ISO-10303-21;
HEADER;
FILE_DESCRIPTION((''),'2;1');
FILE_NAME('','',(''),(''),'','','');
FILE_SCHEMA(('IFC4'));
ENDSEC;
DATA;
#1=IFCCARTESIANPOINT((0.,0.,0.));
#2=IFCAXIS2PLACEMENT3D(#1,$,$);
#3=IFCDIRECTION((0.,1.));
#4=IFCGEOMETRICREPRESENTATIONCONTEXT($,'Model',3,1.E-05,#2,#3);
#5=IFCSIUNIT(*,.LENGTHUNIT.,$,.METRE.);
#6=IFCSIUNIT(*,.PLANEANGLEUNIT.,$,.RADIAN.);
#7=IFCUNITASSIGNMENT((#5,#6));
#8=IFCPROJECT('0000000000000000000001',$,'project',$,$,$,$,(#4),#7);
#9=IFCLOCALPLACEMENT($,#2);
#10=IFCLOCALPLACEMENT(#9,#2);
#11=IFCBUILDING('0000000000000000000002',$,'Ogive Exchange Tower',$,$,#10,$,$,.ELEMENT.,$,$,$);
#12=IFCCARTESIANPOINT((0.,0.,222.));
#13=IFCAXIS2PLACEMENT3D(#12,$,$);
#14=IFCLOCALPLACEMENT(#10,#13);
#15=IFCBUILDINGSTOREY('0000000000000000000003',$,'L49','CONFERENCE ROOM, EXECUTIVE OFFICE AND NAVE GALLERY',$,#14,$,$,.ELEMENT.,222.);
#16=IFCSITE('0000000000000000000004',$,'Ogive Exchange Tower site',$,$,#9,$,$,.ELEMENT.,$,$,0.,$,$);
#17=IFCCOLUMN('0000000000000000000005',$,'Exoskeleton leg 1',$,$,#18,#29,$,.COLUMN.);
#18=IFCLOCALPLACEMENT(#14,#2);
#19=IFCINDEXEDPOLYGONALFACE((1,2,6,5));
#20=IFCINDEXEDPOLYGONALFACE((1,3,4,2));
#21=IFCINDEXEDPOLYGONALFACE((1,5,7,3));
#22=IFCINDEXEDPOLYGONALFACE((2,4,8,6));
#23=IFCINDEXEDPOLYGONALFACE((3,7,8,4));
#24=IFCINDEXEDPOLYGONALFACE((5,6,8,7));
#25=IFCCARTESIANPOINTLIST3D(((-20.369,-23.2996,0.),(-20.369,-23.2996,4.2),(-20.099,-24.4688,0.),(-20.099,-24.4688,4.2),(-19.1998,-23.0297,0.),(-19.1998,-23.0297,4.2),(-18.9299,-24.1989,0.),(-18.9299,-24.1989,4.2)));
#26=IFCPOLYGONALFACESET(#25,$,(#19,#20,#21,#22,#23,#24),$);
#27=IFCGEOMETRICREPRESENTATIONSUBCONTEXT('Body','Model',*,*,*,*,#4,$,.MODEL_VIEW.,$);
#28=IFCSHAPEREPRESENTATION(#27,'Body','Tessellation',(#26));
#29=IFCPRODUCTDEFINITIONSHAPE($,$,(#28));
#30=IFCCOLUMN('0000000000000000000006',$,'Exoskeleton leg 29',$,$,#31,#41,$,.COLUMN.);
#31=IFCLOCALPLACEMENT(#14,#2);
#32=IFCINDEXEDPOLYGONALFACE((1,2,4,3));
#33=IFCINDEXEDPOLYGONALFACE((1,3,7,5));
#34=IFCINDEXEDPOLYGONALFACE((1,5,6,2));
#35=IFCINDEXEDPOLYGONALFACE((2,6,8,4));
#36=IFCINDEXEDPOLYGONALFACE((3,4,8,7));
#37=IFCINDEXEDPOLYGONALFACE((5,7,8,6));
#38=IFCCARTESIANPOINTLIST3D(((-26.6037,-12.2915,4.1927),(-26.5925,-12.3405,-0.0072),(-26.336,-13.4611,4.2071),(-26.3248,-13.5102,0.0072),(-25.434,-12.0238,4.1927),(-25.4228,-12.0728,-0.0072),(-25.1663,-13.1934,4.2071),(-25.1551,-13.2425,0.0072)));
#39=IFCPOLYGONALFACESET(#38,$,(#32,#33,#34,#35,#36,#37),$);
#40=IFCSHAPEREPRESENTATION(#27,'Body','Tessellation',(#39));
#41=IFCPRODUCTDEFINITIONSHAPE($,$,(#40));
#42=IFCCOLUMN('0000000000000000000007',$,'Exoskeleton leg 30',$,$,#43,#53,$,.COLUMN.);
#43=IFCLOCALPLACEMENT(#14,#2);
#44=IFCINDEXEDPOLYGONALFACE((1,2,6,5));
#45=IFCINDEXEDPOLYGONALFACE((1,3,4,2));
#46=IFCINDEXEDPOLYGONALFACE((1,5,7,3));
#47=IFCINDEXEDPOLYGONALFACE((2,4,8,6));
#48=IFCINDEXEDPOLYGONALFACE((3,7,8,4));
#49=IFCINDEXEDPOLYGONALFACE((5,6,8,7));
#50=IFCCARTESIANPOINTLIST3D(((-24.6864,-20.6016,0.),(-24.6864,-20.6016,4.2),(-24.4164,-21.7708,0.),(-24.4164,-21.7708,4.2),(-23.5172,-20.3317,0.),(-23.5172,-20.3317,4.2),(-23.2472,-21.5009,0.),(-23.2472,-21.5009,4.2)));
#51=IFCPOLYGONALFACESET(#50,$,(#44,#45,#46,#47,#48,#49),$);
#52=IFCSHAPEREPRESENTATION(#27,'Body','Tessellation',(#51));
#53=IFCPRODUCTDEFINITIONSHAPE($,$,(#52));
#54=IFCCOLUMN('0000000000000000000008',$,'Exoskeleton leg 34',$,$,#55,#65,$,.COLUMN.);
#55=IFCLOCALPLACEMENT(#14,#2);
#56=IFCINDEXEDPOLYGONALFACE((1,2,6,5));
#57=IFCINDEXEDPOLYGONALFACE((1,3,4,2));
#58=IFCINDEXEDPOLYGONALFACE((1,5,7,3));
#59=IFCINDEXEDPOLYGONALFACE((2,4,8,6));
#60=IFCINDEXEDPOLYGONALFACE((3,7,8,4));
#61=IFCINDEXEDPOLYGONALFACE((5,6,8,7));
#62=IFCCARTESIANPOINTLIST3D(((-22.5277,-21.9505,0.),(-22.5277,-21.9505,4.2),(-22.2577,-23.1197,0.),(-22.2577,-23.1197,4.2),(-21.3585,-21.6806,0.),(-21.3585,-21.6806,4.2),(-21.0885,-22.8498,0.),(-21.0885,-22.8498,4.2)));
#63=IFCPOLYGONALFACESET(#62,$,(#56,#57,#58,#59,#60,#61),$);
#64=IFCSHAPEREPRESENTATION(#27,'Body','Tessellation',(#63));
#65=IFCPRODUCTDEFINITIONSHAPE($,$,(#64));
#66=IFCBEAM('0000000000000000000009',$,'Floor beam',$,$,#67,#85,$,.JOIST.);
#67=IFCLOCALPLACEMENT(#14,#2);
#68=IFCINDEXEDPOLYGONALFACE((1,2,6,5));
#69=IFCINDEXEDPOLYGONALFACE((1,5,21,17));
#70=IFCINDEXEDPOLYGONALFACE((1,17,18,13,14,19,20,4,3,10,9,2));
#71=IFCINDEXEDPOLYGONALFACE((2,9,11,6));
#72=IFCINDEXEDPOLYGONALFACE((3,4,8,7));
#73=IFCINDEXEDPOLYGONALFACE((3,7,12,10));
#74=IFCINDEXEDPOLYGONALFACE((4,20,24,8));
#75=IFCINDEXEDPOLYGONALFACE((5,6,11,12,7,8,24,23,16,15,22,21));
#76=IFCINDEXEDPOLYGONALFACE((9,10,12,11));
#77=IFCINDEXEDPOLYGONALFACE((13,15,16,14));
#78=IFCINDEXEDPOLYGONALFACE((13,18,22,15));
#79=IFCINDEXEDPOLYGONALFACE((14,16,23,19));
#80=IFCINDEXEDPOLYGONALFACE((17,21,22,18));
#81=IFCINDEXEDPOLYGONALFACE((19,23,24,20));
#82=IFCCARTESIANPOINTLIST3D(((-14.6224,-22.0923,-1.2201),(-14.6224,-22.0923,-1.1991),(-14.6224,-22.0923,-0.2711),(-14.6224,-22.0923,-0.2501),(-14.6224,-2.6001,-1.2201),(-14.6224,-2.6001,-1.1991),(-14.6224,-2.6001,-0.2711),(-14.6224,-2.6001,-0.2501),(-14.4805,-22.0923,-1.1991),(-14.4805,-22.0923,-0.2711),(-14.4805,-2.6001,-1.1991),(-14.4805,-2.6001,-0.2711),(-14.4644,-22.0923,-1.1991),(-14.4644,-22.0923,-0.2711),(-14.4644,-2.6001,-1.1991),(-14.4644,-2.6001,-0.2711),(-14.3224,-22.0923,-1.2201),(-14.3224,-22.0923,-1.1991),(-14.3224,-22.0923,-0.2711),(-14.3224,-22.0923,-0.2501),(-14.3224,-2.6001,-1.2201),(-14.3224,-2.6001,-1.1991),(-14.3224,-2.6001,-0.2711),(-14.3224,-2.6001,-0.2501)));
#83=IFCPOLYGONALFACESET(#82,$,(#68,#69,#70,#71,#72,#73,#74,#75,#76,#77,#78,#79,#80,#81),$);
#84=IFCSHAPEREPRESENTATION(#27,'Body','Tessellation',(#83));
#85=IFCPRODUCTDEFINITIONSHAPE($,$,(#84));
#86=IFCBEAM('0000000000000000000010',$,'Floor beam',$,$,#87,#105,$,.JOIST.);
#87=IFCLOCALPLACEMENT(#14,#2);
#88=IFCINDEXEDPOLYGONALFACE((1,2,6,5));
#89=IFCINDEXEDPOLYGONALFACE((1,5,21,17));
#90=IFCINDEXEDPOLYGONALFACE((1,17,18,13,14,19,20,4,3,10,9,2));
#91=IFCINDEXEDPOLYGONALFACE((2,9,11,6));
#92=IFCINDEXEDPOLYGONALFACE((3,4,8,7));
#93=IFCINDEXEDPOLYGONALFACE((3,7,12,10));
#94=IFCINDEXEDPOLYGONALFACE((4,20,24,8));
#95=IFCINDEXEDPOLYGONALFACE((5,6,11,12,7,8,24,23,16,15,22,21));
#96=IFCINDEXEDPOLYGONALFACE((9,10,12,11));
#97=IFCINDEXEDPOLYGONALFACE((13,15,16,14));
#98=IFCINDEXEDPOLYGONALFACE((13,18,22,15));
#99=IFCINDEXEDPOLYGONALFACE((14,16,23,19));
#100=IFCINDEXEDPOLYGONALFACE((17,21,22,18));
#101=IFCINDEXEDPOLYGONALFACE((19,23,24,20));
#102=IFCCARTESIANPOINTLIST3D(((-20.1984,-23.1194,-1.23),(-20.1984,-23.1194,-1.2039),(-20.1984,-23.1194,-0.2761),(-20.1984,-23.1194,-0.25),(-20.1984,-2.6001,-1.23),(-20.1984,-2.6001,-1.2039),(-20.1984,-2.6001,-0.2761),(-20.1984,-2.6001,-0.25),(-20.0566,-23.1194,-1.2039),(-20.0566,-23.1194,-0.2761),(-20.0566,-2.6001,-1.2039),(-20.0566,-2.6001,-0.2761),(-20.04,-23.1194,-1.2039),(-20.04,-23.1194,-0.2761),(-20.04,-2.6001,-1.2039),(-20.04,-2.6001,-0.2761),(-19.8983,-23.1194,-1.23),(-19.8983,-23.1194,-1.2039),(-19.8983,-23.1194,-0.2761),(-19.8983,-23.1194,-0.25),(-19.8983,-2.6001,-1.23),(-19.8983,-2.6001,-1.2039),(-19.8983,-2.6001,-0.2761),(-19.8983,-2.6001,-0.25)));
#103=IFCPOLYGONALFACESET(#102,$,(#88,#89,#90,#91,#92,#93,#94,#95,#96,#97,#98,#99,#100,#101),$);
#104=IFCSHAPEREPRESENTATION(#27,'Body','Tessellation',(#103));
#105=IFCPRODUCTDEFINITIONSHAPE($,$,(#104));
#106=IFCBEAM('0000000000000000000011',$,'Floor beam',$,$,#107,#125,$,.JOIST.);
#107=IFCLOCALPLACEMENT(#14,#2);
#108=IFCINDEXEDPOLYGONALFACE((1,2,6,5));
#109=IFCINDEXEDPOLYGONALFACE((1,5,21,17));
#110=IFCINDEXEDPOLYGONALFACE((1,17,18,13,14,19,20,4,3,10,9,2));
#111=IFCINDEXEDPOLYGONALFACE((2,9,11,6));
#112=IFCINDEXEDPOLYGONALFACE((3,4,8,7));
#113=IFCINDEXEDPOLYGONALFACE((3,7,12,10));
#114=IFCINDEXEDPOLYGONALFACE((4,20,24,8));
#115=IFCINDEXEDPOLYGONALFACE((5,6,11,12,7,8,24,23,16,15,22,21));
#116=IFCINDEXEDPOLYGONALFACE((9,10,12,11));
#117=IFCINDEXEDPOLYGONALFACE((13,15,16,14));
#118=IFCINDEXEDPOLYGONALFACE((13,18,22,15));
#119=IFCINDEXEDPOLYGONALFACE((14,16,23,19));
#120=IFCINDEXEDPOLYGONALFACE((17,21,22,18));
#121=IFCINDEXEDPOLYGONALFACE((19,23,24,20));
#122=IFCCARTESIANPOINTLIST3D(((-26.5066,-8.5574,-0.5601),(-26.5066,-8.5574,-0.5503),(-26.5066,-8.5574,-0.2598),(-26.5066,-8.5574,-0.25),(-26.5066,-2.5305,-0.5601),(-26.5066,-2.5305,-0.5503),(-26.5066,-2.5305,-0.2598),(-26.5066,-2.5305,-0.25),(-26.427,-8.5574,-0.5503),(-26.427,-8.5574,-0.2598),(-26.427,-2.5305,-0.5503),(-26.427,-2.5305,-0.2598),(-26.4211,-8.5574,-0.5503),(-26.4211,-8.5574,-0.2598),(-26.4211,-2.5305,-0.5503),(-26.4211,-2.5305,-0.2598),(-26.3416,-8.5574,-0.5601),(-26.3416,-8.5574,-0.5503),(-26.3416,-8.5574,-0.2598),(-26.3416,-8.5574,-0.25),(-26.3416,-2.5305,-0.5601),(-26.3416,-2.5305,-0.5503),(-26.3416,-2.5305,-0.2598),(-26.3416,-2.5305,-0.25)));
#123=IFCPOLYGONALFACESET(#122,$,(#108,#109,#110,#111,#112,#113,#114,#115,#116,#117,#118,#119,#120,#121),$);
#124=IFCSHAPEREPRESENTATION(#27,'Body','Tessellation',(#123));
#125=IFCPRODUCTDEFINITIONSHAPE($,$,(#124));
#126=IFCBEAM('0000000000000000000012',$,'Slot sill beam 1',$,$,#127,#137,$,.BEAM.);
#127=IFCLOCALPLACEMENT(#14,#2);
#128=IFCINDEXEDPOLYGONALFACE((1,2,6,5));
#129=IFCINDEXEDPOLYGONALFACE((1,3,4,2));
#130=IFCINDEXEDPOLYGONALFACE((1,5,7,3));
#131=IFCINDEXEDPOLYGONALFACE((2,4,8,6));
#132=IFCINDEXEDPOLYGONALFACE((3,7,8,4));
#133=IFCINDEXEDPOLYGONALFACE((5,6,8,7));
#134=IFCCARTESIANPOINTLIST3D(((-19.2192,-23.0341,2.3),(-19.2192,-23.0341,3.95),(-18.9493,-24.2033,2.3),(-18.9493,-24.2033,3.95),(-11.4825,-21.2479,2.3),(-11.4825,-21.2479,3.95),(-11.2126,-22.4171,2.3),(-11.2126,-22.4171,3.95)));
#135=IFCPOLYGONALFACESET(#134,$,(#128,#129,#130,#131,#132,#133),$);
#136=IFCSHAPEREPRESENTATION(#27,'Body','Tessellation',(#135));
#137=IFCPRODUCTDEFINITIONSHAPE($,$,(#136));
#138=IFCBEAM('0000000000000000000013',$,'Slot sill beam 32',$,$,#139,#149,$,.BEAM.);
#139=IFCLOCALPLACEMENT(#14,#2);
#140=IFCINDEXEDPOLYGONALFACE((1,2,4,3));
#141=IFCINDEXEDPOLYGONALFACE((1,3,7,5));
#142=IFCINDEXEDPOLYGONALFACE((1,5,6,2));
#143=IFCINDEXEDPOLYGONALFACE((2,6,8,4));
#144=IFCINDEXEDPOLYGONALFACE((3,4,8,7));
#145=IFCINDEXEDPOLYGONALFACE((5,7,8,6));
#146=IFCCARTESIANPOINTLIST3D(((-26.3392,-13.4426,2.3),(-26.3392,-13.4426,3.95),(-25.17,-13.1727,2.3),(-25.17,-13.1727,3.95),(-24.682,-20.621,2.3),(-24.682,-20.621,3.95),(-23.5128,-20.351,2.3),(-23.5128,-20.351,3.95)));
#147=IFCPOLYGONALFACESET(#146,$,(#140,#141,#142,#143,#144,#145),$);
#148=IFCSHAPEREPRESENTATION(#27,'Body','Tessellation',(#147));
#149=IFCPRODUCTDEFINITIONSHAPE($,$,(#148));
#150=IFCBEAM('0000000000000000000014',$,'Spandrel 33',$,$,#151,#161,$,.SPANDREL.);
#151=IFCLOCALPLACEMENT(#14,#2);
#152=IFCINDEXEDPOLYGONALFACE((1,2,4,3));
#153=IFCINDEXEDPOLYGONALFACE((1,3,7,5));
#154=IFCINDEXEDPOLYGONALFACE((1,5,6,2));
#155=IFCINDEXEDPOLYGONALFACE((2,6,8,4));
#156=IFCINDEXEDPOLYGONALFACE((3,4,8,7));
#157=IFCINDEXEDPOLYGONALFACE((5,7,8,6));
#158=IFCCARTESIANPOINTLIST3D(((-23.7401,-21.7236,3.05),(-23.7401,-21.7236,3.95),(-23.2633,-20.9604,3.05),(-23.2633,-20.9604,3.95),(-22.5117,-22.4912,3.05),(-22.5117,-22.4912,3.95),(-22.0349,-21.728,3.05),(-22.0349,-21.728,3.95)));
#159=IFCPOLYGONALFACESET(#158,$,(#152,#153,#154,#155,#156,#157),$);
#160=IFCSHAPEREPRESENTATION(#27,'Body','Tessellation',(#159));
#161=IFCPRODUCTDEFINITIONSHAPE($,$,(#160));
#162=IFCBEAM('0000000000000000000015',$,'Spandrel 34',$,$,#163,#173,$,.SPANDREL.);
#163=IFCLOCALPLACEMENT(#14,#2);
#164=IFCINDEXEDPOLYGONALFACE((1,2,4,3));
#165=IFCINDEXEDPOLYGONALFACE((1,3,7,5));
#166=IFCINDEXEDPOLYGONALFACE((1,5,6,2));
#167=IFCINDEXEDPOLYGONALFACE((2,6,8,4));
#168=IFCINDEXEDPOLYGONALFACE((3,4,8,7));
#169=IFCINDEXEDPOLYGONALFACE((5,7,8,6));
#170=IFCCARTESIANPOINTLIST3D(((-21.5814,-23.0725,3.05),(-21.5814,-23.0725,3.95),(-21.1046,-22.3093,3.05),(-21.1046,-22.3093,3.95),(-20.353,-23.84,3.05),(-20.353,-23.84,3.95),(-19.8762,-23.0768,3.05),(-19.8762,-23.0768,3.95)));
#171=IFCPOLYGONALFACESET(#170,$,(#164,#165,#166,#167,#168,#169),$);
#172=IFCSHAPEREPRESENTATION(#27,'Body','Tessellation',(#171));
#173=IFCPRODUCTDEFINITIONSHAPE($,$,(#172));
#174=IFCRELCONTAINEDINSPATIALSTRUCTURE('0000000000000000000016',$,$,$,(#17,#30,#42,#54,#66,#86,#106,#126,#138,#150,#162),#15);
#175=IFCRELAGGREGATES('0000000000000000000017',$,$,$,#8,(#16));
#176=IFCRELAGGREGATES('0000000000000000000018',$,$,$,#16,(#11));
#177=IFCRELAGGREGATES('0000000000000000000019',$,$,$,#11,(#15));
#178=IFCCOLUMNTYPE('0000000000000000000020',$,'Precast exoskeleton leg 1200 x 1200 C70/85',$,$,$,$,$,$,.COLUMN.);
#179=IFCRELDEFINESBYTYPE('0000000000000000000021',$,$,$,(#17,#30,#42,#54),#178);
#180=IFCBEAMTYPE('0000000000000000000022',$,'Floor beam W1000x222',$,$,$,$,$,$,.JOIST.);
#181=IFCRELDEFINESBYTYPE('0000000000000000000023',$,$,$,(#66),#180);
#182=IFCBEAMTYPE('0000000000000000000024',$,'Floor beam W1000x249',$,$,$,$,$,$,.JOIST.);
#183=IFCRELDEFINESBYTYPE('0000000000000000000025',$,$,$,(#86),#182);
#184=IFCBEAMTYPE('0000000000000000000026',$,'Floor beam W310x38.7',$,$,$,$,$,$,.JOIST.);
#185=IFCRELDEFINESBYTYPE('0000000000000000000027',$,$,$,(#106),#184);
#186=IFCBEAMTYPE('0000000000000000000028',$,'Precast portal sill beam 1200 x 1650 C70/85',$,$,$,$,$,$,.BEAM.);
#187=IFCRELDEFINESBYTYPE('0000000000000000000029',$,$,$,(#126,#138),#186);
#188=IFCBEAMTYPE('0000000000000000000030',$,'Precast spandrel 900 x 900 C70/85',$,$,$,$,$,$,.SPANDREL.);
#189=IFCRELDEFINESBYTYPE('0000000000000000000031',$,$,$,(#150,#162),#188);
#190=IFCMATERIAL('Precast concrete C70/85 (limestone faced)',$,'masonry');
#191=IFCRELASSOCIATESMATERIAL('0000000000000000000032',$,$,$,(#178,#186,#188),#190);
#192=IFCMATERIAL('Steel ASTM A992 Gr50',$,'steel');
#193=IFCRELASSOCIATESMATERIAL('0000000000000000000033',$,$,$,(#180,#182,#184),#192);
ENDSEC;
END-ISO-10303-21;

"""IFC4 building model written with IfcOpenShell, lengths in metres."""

from ifc_helpers import new_model, si_unit, direction, frame, origin, origin_2d, place, context, subcontext, project, spatial, rectangle, i_section, extrude, material, material_profile, profile_set, type_object, element, save


model = new_model("IFC4")

# Units and contexts
model_context = context("Model", 3, precision=1e-05, world=origin(), true_north=direction((0.0, 1.0)))
body_context = subcontext(model_context, "Body", "Model", "MODEL_VIEW")
ifc_project = project(units=[si_unit("LENGTHUNIT", "METRE"), si_unit("PLANEANGLEUNIT", "RADIAN")], contexts=[model_context])

# Site, building, storey
site_placement = place(None, origin())
site = spatial("IfcSite", under=ifc_project, at=site_placement, Name="Ogive Exchange Tower site", CompositionType="ELEMENT", RefElevation=0.0)
building_placement = place(site_placement, origin())
building = spatial("IfcBuilding", under=site, at=building_placement, Name="Ogive Exchange Tower", CompositionType="ELEMENT")
storey_placement = place(building_placement, frame((0.0, 0.0, 222.0)))
storey = spatial("IfcBuildingStorey", under=building, at=storey_placement, Name="L49", Description="CONFERENCE ROOM, EXECUTIVE OFFICE AND NAVE GALLERY", CompositionType="ELEMENT", Elevation=222.0)

# Columns
ifc_material_1 = material(Name="Precast concrete C70/85 (limestone faced)", Category="masonry")
ifc_material_profile_1 = material_profile(ifc_material_1, rectangle(XDim=1.2, YDim=1.2, at=origin_2d()), Name="1200 x 1200")
ifc_profile_set_1 = profile_set([ifc_material_profile_1], Name="Precast concrete C70/85 (limestone faced)")
column_type = type_object("IfcColumnType", Name="Precast exoskeleton leg 1200 x 1200 C70/85", PredefinedType="COLUMN", material=ifc_profile_set_1)
column_1_placement = place(storey_placement, frame((-19.6494, -23.7493, 0.0), z_axis=(0.0, 0.0, 1.0), x_axis=(0.97437, 0.224951, 0.0)))
element("IfcColumn", 1, at=column_1_placement, inside=storey, type_object=column_type, Name="Exoskeleton leg 1", PredefinedType="COLUMN", context=body_context, shape_type="SweptSolid", body=[
    extrude(rectangle(XDim=1.2, YDim=1.2, at=origin_2d()), origin(), (0.0, 0.0, 1.0), 4.2),
])
column_2_placement = place(storey_placement, frame((-25.8738, -12.7915, 0.0), z_axis=(-0.002674, 0.011683, 0.999928), x_axis=(-0.974798, -0.223088, 0.0)))
element("IfcColumn", 2, at=column_2_placement, inside=storey, type_object=column_type, Name="Exoskeleton leg 29", PredefinedType="COLUMN", context=body_context, shape_type="SweptSolid", body=[
    extrude(rectangle(XDim=1.2, YDim=1.2, at=origin_2d()), origin(), (0.0, 0.0, 1.0), 4.2002),
])
for number, where, z_axis, x_axis, name in (
    (3, (-23.9668, -21.0513, 0.0), (0.0, 0.0, 1.0), (0.97437, 0.224951, 0.0), "Exoskeleton leg 30"),
    (4, (-21.8081, -22.4001, 0.0), (0.0, 0.0, 1.0), (0.97437, 0.224951, 0.0), "Exoskeleton leg 34"),
):
    element("IfcColumn", number, at=place(storey_placement, frame(where, z_axis=z_axis, x_axis=x_axis)), inside=storey, type_object=column_type, Name=name, PredefinedType="COLUMN", context=body_context, shape_type="SweptSolid", body=[
        extrude(rectangle(XDim=1.2, YDim=1.2, at=origin_2d()), origin(), (0.0, 0.0, 1.0), 4.2),
    ])

# Beams
ifc_material_2 = material(Name="Steel ASTM A992 Gr50", Category="steel")
ifc_material_profile_2 = material_profile(ifc_material_2, i_section(OverallWidth=0.3, OverallDepth=0.97, WebThickness=0.0161, FlangeThickness=0.021, at=origin_2d()), Name="W1000x222")
ifc_profile_set_2 = profile_set([ifc_material_profile_2], Name="Steel ASTM A992 Gr50")
beam_type_1 = type_object("IfcBeamType", Name="Floor beam W1000x222", PredefinedType="JOIST", material=ifc_profile_set_2)
beam_1_placement = place(storey_placement, frame((-14.4724, -22.0923, -0.7351), z_axis=(0.0, 1.0, 0.0), x_axis=(-1.0, 0.0, 0.0)))
element("IfcBeam", 5, at=beam_1_placement, inside=storey, type_object=beam_type_1, Name="Floor beam", PredefinedType="JOIST", context=body_context, shape_type="SweptSolid", body=[
    extrude(i_section(OverallWidth=0.3, OverallDepth=0.97, WebThickness=0.0161, FlangeThickness=0.021, at=origin_2d()), origin(), (0.0, 0.0, 1.0), 19.4922),
])
ifc_material_profile_3 = material_profile(ifc_material_2, i_section(OverallWidth=0.3, OverallDepth=0.98, WebThickness=0.0166, FlangeThickness=0.0261, at=origin_2d()), Name="W1000x249")
ifc_profile_set_3 = profile_set([ifc_material_profile_3], Name="Steel ASTM A992 Gr50")
beam_type_2 = type_object("IfcBeamType", Name="Floor beam W1000x249", PredefinedType="JOIST", material=ifc_profile_set_3)
beam_2_placement = place(storey_placement, frame((-20.0483, -23.1194, -0.74), z_axis=(0.0, 1.0, 0.0), x_axis=(-1.0, 0.0, 0.0)))
element("IfcBeam", 6, at=beam_2_placement, inside=storey, type_object=beam_type_2, Name="Floor beam", PredefinedType="JOIST", context=body_context, shape_type="SweptSolid", body=[
    extrude(i_section(OverallWidth=0.3, OverallDepth=0.98, WebThickness=0.0166, FlangeThickness=0.0261, at=origin_2d()), origin(), (0.0, 0.0, 1.0), 20.5193),
])
ifc_material_profile_4 = material_profile(ifc_material_2, i_section(OverallWidth=0.165, OverallDepth=0.3101, WebThickness=0.0059, FlangeThickness=0.0098, at=origin_2d()), Name="W310x38.7")
ifc_profile_set_4 = profile_set([ifc_material_profile_4], Name="Steel ASTM A992 Gr50")
beam_type_3 = type_object("IfcBeamType", Name="Floor beam W310x38.7", PredefinedType="JOIST", material=ifc_profile_set_4)
beam_3_placement = place(storey_placement, frame((-26.4241, -8.5574, -0.405), z_axis=(0.0, 1.0, 0.0), x_axis=(-1.0, 0.0, 0.0)))
element("IfcBeam", 7, at=beam_3_placement, inside=storey, type_object=beam_type_3, Name="Floor beam", PredefinedType="JOIST", context=body_context, shape_type="SweptSolid", body=[
    extrude(i_section(OverallWidth=0.165, OverallDepth=0.3101, WebThickness=0.0059, FlangeThickness=0.0098, at=origin_2d()), origin(), (0.0, 0.0, 1.0), 6.0269),
])
ifc_material_profile_5 = material_profile(ifc_material_1, rectangle(XDim=1.2, YDim=1.6499, at=origin_2d()), Name="1200 x 1650")
ifc_profile_set_5 = profile_set([ifc_material_profile_5], Name="Precast concrete C70/85 (limestone faced)")
beam_type_4 = type_object("IfcBeamType", Name="Precast portal sill beam 1200 x 1650 C70/85", PredefinedType="BEAM", material=ifc_profile_set_5)
beam_4_placement = place(storey_placement, frame((-19.0842, -23.6187, 3.125), z_axis=(0.97437, 0.224952, 0.0), x_axis=(-0.224952, 0.97437, 0.0)))
element("IfcBeam", 8, at=beam_4_placement, inside=storey, type_object=beam_type_4, Name="Slot sill beam 1", PredefinedType="BEAM", context=body_context, shape_type="SweptSolid", body=[
    extrude(rectangle(XDim=1.2, YDim=1.6499, at=origin_2d()), origin(), (0.0, 0.0, 1.0), 7.9402),
])
beam_5_placement = place(storey_placement, frame((-25.7546, -13.3076, 3.125), z_axis=(0.224944, -0.974372, 0.0), x_axis=(0.974372, 0.224944, 0.0)))
element("IfcBeam", 9, at=beam_5_placement, inside=storey, type_object=beam_type_4, Name="Slot sill beam 32", PredefinedType="BEAM", context=body_context, shape_type="SweptSolid", body=[
    extrude(rectangle(XDim=1.2, YDim=1.6499, at=origin_2d()), origin(), (0.0, 0.0, 1.0), 7.3672),
])
ifc_material_profile_6 = material_profile(ifc_material_1, rectangle(XDim=0.8999, YDim=0.8999, at=origin_2d()), Name="900 x 900")
ifc_profile_set_6 = profile_set([ifc_material_profile_6], Name="Precast concrete C70/85 (limestone faced)")
beam_type_5 = type_object("IfcBeamType", Name="Precast spandrel 900 x 900 C70/85", PredefinedType="SPANDREL", material=ifc_profile_set_6)
for number, where, z_axis, x_axis, name in (
    (10, (-23.5017, -21.342, 3.5), (0.848074, -0.529878, 0.0), (0.529878, 0.848074, 0.0), "Spandrel 33"),
    (11, (-21.343, -22.6909, 3.5), (0.848074, -0.529878, 0.0), (0.529878, 0.848074, 0.0), "Spandrel 34"),
):
    element("IfcBeam", number, at=place(storey_placement, frame(where, z_axis=z_axis, x_axis=x_axis)), inside=storey, type_object=beam_type_5, Name=name, PredefinedType="SPANDREL", context=body_context, shape_type="SweptSolid", body=[
        extrude(rectangle(XDim=0.8999, YDim=0.8999, at=origin_2d()), origin(), (0.0, 0.0, 1.0), 1.4485),
    ])

save(model, "model.ifc")
